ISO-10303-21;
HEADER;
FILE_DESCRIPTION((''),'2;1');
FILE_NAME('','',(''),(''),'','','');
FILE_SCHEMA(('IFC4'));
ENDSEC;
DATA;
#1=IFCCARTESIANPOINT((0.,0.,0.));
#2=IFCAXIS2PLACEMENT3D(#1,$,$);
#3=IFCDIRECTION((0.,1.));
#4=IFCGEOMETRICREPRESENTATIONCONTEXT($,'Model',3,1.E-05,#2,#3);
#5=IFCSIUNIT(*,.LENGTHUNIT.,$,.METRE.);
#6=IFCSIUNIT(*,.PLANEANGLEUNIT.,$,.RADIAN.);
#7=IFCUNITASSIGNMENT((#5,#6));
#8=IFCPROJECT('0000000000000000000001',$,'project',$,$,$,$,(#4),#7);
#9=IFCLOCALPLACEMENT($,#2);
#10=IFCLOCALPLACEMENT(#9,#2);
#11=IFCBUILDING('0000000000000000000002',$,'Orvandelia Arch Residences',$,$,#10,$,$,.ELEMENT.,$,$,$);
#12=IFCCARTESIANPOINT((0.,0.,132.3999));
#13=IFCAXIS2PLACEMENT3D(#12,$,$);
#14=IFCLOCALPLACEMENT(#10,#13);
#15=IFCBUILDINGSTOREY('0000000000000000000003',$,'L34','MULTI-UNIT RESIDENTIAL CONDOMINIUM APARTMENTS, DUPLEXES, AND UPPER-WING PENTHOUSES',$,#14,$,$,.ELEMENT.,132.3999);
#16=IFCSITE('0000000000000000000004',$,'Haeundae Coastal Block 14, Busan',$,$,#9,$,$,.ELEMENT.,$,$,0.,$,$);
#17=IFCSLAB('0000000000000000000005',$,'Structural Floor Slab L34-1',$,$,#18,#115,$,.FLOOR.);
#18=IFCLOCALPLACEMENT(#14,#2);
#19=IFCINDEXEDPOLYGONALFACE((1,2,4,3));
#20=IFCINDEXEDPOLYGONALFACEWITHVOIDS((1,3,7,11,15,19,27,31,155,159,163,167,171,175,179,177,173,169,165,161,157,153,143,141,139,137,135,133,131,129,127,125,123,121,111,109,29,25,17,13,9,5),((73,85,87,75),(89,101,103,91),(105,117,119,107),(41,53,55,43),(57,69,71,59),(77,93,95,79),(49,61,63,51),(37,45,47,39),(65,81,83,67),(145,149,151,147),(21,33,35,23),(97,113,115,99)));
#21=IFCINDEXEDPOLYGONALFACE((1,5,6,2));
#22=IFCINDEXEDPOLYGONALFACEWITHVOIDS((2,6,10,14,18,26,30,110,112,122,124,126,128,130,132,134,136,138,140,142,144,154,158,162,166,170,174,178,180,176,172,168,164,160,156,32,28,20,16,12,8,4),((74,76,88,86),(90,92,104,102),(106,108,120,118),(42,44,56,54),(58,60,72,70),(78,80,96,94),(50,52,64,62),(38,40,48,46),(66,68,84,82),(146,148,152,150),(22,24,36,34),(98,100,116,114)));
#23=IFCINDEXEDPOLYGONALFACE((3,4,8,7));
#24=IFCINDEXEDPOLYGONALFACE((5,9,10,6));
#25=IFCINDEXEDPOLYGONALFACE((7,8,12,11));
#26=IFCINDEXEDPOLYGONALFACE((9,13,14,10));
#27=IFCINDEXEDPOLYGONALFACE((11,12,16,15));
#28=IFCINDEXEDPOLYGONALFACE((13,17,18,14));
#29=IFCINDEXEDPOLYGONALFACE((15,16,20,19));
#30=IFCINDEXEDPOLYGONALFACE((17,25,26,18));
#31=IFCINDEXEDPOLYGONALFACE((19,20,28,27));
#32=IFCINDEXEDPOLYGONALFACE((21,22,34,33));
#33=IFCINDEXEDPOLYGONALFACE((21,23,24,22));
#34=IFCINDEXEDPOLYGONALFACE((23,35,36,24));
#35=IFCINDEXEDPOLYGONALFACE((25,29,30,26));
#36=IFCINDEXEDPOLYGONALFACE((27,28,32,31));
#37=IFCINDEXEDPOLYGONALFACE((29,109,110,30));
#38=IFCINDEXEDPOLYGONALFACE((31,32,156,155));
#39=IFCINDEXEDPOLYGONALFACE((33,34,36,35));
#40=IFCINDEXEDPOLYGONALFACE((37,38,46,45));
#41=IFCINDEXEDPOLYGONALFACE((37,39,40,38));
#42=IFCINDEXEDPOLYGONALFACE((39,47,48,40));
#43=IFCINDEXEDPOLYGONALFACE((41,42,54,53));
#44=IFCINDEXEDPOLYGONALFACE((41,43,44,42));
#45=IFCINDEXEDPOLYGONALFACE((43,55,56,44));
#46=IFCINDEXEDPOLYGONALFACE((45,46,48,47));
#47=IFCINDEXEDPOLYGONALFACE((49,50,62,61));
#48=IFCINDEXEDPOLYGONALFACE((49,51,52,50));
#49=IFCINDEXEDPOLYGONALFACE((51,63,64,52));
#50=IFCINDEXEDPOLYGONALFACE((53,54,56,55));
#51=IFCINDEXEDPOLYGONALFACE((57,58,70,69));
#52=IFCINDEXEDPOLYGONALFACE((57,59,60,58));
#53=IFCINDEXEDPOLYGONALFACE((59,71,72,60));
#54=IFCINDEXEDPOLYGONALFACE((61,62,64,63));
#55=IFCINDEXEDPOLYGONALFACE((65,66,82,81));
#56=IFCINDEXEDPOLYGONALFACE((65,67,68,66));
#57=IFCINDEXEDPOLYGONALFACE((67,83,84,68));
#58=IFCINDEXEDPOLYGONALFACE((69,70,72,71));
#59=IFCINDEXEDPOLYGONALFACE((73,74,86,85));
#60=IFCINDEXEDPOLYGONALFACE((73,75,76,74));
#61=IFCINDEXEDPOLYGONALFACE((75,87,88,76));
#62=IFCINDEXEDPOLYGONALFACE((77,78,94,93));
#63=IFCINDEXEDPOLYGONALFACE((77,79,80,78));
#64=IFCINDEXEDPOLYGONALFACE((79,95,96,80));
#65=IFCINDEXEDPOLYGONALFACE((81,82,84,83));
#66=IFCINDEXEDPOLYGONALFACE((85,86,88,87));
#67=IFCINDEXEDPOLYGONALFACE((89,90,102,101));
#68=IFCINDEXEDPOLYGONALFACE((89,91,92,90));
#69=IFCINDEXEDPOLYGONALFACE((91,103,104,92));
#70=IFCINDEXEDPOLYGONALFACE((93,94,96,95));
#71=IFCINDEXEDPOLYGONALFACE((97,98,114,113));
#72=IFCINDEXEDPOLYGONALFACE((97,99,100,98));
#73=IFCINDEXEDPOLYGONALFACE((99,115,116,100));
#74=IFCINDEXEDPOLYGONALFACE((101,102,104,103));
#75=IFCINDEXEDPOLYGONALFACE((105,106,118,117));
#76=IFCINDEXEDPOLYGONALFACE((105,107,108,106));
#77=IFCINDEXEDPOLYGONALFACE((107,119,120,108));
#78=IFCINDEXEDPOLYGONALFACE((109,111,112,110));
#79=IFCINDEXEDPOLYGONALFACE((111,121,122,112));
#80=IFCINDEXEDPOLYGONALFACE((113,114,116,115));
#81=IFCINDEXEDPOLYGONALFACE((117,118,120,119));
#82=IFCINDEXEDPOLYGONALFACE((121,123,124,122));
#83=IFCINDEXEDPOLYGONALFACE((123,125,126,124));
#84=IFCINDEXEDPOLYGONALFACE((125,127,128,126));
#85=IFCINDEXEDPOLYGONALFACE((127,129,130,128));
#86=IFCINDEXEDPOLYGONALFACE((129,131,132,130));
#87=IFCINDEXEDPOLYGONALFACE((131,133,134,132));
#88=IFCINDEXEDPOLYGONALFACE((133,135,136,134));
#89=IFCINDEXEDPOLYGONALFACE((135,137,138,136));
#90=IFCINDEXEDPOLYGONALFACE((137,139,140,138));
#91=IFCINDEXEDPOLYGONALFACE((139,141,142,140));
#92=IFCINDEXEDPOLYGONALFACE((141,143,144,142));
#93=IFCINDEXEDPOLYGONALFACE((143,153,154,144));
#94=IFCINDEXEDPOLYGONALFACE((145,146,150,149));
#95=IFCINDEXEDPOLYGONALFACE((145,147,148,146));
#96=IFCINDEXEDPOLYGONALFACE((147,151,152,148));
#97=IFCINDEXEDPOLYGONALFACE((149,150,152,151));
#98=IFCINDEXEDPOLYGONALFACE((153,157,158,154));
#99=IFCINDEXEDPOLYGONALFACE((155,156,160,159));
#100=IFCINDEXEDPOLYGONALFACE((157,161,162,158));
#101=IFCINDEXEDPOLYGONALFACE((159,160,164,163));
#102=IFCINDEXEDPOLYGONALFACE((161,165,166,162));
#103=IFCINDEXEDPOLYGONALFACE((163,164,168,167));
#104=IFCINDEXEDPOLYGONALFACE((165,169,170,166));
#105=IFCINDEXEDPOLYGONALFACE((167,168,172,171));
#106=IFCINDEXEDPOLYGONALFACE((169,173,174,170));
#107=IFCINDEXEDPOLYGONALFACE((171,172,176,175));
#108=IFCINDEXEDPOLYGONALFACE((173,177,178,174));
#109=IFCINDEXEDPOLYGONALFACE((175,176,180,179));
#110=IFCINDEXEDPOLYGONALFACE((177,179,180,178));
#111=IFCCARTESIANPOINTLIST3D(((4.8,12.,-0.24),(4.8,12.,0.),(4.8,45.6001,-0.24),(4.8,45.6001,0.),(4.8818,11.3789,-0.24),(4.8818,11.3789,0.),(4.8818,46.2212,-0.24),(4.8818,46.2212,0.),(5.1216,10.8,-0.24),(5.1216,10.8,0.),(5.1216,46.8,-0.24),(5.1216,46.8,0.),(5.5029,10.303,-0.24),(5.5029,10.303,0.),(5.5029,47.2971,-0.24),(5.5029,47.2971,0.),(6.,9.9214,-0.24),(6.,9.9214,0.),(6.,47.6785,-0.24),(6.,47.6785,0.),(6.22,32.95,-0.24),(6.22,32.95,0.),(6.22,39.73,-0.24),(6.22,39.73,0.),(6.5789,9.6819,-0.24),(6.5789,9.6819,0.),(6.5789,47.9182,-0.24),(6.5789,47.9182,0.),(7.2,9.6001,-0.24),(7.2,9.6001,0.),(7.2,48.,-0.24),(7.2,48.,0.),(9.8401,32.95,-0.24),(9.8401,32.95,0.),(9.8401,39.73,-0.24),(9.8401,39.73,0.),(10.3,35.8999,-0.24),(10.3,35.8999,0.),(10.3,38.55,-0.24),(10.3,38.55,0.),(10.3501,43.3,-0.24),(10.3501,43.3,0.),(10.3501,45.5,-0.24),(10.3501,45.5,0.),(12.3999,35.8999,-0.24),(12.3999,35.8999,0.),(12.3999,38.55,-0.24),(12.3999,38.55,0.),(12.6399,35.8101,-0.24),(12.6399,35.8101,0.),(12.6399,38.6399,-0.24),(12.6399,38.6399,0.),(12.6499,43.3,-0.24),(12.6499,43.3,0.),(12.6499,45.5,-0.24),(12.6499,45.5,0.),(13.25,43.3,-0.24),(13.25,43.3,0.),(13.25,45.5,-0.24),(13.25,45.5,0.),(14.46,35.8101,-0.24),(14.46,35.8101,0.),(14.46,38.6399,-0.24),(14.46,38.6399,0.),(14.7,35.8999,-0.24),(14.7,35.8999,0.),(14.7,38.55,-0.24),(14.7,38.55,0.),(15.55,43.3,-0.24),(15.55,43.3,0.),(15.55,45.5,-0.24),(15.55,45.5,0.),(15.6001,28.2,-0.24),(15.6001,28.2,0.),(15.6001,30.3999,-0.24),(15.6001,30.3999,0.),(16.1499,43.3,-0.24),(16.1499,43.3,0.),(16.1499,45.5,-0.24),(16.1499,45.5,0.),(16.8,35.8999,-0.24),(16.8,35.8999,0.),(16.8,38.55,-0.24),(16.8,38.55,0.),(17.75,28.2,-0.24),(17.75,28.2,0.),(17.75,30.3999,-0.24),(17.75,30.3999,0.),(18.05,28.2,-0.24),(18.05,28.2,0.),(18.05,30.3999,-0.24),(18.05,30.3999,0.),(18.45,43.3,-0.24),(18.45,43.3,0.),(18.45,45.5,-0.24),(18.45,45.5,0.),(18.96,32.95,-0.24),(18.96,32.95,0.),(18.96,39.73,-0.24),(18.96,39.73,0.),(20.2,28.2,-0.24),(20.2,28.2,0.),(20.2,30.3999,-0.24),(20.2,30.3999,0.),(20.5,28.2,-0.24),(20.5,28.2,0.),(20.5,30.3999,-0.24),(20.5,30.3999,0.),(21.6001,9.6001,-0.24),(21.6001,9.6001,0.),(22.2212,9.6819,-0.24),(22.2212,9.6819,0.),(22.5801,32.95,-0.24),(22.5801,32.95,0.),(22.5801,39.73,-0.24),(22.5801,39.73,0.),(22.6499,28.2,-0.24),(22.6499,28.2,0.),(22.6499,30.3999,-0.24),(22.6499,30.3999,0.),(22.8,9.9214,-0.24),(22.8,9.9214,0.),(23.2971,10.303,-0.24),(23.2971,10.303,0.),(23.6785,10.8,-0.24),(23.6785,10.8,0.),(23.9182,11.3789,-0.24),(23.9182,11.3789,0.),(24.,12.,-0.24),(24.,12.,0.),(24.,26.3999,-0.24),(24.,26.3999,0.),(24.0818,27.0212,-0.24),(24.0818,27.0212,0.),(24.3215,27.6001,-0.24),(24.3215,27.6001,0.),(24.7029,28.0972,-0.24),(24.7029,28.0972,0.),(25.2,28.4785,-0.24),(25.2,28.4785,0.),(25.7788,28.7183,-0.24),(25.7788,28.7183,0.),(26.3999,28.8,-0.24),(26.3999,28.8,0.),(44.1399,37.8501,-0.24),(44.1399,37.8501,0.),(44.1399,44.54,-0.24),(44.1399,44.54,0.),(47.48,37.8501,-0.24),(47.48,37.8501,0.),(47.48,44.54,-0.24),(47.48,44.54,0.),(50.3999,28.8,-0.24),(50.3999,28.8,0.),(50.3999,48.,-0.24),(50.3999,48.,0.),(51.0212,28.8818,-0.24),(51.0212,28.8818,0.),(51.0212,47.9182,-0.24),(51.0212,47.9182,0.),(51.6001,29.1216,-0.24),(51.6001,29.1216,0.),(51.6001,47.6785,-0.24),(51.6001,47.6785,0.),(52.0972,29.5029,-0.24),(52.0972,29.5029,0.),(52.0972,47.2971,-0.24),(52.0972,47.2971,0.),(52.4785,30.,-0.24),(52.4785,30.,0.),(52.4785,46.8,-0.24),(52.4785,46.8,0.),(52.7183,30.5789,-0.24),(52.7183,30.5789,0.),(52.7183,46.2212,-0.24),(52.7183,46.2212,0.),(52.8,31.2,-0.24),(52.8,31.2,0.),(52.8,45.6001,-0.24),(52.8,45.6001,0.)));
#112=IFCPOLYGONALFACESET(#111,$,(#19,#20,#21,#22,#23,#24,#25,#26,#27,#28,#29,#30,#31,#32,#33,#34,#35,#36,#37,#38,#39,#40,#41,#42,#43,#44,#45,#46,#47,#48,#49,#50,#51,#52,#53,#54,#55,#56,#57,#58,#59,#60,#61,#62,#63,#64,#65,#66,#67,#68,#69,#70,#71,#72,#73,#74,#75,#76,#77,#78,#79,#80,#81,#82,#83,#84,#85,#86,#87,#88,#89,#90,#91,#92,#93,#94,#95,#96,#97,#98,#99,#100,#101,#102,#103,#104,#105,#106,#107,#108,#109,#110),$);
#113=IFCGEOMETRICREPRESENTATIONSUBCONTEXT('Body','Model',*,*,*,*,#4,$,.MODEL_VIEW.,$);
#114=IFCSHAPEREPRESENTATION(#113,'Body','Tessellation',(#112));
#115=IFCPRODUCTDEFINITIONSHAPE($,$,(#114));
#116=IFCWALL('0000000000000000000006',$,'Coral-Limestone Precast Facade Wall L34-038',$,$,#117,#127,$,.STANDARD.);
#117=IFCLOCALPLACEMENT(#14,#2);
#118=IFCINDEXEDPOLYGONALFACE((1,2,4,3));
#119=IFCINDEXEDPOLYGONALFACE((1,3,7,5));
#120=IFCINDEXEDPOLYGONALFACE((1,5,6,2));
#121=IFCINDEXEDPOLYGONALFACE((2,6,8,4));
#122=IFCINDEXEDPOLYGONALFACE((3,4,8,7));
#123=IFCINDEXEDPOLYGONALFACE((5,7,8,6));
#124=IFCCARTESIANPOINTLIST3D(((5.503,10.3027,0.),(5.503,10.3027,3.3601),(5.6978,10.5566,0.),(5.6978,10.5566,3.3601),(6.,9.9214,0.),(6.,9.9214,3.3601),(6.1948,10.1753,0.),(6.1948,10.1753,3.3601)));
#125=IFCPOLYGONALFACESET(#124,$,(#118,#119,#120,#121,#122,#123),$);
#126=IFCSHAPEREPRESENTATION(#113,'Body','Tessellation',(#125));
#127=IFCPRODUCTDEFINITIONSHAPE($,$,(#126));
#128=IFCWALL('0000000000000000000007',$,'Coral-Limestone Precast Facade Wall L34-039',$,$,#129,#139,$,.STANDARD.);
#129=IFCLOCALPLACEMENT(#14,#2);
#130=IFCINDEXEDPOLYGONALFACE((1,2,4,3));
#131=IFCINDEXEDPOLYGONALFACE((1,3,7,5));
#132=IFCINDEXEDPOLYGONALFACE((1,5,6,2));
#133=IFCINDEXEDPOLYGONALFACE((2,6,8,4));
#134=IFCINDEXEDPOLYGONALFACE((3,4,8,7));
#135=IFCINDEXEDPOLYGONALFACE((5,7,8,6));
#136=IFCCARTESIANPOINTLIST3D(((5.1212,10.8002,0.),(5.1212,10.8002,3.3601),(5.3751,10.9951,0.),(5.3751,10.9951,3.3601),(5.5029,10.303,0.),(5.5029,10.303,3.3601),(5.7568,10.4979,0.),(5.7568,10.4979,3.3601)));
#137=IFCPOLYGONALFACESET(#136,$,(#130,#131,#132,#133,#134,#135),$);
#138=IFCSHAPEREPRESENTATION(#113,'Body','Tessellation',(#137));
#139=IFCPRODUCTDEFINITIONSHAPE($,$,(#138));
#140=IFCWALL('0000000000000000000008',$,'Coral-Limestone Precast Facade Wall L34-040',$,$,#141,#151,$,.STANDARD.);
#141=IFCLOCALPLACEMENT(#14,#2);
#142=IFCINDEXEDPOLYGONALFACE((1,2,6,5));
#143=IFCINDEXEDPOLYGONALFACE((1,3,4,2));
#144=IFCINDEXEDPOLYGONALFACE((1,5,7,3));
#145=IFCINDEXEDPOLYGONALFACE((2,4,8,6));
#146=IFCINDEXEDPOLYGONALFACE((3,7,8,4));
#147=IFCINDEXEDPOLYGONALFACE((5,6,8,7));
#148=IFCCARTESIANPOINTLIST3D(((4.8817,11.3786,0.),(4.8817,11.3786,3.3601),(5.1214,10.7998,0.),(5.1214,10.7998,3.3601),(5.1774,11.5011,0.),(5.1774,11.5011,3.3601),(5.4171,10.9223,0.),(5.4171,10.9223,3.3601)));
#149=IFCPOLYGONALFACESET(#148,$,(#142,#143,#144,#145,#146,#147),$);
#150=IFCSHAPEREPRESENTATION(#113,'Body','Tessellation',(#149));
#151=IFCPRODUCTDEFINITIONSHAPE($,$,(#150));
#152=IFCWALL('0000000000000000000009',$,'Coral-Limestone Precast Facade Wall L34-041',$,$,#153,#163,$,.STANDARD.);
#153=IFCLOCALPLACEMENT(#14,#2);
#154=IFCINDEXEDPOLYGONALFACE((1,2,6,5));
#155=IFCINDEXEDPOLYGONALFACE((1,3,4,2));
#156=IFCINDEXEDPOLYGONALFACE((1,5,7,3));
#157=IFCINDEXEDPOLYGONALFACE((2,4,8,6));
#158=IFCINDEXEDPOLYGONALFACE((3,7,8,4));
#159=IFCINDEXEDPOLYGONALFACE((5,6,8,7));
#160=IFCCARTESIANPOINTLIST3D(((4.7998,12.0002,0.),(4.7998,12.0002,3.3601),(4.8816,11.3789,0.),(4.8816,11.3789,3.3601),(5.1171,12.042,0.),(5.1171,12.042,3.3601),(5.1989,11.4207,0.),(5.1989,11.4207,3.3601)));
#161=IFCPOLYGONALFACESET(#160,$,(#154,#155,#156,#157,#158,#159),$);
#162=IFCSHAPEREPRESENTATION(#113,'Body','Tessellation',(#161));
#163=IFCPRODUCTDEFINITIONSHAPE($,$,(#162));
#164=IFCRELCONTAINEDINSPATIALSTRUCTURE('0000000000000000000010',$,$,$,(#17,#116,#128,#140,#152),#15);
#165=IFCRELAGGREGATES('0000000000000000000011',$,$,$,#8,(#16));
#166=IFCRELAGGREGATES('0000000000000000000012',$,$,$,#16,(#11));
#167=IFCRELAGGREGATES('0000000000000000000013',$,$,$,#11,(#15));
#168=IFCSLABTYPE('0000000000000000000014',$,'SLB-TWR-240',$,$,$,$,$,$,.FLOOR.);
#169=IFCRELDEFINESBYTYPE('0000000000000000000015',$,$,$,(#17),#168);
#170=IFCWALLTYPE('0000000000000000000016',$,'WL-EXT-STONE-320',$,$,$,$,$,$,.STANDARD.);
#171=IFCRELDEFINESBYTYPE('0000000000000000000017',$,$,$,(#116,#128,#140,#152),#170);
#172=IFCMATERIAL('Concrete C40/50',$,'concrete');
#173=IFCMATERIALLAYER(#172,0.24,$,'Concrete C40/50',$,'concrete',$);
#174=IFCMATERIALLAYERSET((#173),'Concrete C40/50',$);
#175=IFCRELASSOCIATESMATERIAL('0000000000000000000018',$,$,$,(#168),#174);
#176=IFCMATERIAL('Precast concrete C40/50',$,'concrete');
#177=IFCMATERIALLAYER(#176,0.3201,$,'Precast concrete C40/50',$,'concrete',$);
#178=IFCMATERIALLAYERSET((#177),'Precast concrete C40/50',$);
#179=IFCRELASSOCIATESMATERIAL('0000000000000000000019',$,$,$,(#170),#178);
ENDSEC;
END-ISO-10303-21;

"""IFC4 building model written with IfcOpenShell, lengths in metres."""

from ifc_helpers import new_model, si_unit, direction, frame, frame_2d, origin, place, context, subcontext, project, spatial, polyline, rectangle, outline, extrude, material, layer, layer_set, type_object, element, save


model = new_model("IFC4")

# Units and contexts
model_context = context("Model", 3, precision=1e-05, world=origin(), true_north=direction((0.0, 1.0)))
body_context = subcontext(model_context, "Body", "Model", "MODEL_VIEW")
ifc_project = project(units=[si_unit("LENGTHUNIT", "METRE"), si_unit("PLANEANGLEUNIT", "RADIAN")], contexts=[model_context])

# Site, building, storey
site_placement = place(None, origin())
site = spatial("IfcSite", under=ifc_project, at=site_placement, Name="Haeundae Coastal Block 14, Busan", CompositionType="ELEMENT", RefElevation=0.0)
building_placement = place(site_placement, origin())
building = spatial("IfcBuilding", under=site, at=building_placement, Name="Orvandelia Arch Residences", CompositionType="ELEMENT")
storey_placement = place(building_placement, frame((0.0, 0.0, 132.3999)))
storey = spatial("IfcBuildingStorey", under=building, at=storey_placement, Name="L34", Description="MULTI-UNIT RESIDENTIAL CONDOMINIUM APARTMENTS, DUPLEXES, AND UPPER-WING PENTHOUSES", CompositionType="ELEMENT", Elevation=132.3999)

# Shared definitions
ifc_material_1 = material(Name="Precast concrete C40/50", Category="concrete")

# Shared definitions
ifc_material_2 = material(Name="Concrete C40/50", Category="concrete")

# Slab
ifc_layer_1 = layer(ifc_material_2, 0.24, Name="Concrete C40/50", Category="concrete")
ifc_layer_set_1 = layer_set([ifc_layer_1], Name="Concrete C40/50")
slab_type_1 = type_object("IfcSlabType", Name="SLB-TWR-240", PredefinedType="FLOOR", material=ifc_layer_set_1)
slab_1_placement = place(storey_placement, frame((0.0, 0.0, -0.24)))
element("IfcSlab", 1, at=slab_1_placement, inside=storey, type_object=slab_type_1, Name="Structural Floor Slab L34-1", PredefinedType="FLOOR", context=body_context, shape_type="SweptSolid", body=[
    extrude(outline(polyline([(4.8, 12.0), (4.8818, 11.3789), (5.1216, 10.8), (5.5029, 10.303), (6.0, 9.9214), (6.5789, 9.6819), (7.2, 9.6001), (21.6001, 9.6001), (22.2212, 9.6819), (22.8, 9.9214), (23.2971, 10.303), (23.6785, 10.8), (23.9182, 11.3789), (24.0, 12.0), (24.0, 26.3999), (24.0818, 27.0212), (24.3215, 27.6001), (24.7029, 28.0972), (25.2, 28.4785), (25.7788, 28.7183), (26.3999, 28.8), (50.3999, 28.8), (51.0212, 28.8818), (51.6001, 29.1216), (52.0972, 29.5029), (52.4785, 30.0), (52.7183, 30.5789), (52.8, 31.2), (52.8, 45.6001), (52.7183, 46.2212), (52.4785, 46.8), (52.0972, 47.2971), (51.6001, 47.6785), (51.0212, 47.9182), (50.3999, 48.0), (7.2, 48.0), (6.5789, 47.9182), (6.0, 47.6785), (5.5029, 47.2971), (5.1216, 46.8), (4.8818, 46.2212), (4.8, 45.6001), (4.8, 12.0)]), holes=[polyline([(6.22, 32.95), (9.8401, 32.95), (9.8401, 39.73), (6.22, 39.73), (6.22, 32.95)]), polyline([(18.96, 32.95), (22.5801, 32.95), (22.5801, 39.73), (18.96, 39.73), (18.96, 32.95)]), polyline([(44.1399, 37.8501), (47.48, 37.8501), (47.48, 44.54), (44.1399, 44.54), (44.1399, 37.8501)]), polyline([(12.6399, 35.8101), (14.46, 35.8101), (14.46, 38.6399), (12.6399, 38.6399), (12.6399, 35.8101)]), polyline([(10.3, 35.8999), (12.3999, 35.8999), (12.3999, 38.55), (10.3, 38.55), (10.3, 35.8999)]), polyline([(14.7, 35.8999), (16.8, 35.8999), (16.8, 38.55), (14.7, 38.55), (14.7, 35.8999)]), polyline([(10.3501, 43.3), (12.6499, 43.3), (12.6499, 45.5), (10.3501, 45.5), (10.3501, 43.3)]), polyline([(13.25, 43.3), (15.55, 43.3), (15.55, 45.5), (13.25, 45.5), (13.25, 43.3)]), polyline([(16.1499, 43.3), (18.45, 43.3), (18.45, 45.5), (16.1499, 45.5), (16.1499, 43.3)]), polyline([(15.6001, 28.2), (17.75, 28.2), (17.75, 30.3999), (15.6001, 30.3999), (15.6001, 28.2)]), polyline([(18.05, 28.2), (20.2, 28.2), (20.2, 30.3999), (18.05, 30.3999), (18.05, 28.2)]), polyline([(20.5, 28.2), (22.6499, 28.2), (22.6499, 30.3999), (20.5, 30.3999), (20.5, 28.2)])]), origin(), (0.0, 0.0, 1.0), 0.24),
])

# Walls
ifc_layer_2 = layer(ifc_material_1, 0.3201, Name="Precast concrete C40/50", Category="concrete")
ifc_layer_set_2 = layer_set([ifc_layer_2], Name="Precast concrete C40/50")
wall_type_1 = type_object("IfcWallType", Name="WL-EXT-STONE-320", PredefinedType="STANDARD", material=ifc_layer_set_2)
wall_1_placement = place(storey_placement, frame((6.0974, 10.0483, 0.0), z_axis=(0.0, 0.0, 1.0), x_axis=(-0.793406, 0.608693, 0.0)))
element("IfcWall", 2, at=wall_1_placement, inside=storey, type_object=wall_type_1, Name="Coral-Limestone Precast Facade Wall L34-038", PredefinedType="STANDARD", context=body_context, shape_type="SweptSolid", body=[
    extrude(rectangle(XDim=0.6265, YDim=0.3201, at=frame_2d((0.3132, 0.0))), origin(), (0.0, 0.0, 1.0), 3.3601),
])
wall_2_placement = place(storey_placement, frame((5.6299, 10.4004, 0.0), z_axis=(0.0, 0.0, 1.0), x_axis=(-0.608939, 0.793217, 0.0)))
element("IfcWall", 3, at=wall_2_placement, inside=storey, type_object=wall_type_1, Name="Coral-Limestone Precast Facade Wall L34-039", PredefinedType="STANDARD", context=body_context, shape_type="SweptSolid", body=[
    extrude(rectangle(XDim=0.6267, YDim=0.3201, at=frame_2d((0.3135, 0.0))), origin(), (0.0, 0.0, 1.0), 3.3601),
])
wall_3_placement = place(storey_placement, frame((5.2693, 10.8611, 0.0), z_axis=(0.0, 0.0, 1.0), x_axis=(-0.38265, 0.923893, 0.0)))
element("IfcWall", 4, at=wall_3_placement, inside=storey, type_object=wall_type_1, Name="Coral-Limestone Precast Facade Wall L34-040", PredefinedType="STANDARD", context=body_context, shape_type="SweptSolid", body=[
    extrude(rectangle(XDim=0.6265, YDim=0.3201, at=frame_2d((0.3132, 0.0))), origin(), (0.0, 0.0, 1.0), 3.3601),
])
wall_4_placement = place(storey_placement, frame((5.0403, 11.3997, 0.0), z_axis=(0.0, 0.0, 1.0), x_axis=(-0.130505, 0.991448, 0.0)))
element("IfcWall", 5, at=wall_4_placement, inside=storey, type_object=wall_type_1, Name="Coral-Limestone Precast Facade Wall L34-041", PredefinedType="STANDARD", context=body_context, shape_type="SweptSolid", body=[
    extrude(rectangle(XDim=0.6267, YDim=0.3201, at=frame_2d((0.3135, 0.0))), origin(), (0.0, 0.0, 1.0), 3.3601),
])

save(model, "model.ifc")
